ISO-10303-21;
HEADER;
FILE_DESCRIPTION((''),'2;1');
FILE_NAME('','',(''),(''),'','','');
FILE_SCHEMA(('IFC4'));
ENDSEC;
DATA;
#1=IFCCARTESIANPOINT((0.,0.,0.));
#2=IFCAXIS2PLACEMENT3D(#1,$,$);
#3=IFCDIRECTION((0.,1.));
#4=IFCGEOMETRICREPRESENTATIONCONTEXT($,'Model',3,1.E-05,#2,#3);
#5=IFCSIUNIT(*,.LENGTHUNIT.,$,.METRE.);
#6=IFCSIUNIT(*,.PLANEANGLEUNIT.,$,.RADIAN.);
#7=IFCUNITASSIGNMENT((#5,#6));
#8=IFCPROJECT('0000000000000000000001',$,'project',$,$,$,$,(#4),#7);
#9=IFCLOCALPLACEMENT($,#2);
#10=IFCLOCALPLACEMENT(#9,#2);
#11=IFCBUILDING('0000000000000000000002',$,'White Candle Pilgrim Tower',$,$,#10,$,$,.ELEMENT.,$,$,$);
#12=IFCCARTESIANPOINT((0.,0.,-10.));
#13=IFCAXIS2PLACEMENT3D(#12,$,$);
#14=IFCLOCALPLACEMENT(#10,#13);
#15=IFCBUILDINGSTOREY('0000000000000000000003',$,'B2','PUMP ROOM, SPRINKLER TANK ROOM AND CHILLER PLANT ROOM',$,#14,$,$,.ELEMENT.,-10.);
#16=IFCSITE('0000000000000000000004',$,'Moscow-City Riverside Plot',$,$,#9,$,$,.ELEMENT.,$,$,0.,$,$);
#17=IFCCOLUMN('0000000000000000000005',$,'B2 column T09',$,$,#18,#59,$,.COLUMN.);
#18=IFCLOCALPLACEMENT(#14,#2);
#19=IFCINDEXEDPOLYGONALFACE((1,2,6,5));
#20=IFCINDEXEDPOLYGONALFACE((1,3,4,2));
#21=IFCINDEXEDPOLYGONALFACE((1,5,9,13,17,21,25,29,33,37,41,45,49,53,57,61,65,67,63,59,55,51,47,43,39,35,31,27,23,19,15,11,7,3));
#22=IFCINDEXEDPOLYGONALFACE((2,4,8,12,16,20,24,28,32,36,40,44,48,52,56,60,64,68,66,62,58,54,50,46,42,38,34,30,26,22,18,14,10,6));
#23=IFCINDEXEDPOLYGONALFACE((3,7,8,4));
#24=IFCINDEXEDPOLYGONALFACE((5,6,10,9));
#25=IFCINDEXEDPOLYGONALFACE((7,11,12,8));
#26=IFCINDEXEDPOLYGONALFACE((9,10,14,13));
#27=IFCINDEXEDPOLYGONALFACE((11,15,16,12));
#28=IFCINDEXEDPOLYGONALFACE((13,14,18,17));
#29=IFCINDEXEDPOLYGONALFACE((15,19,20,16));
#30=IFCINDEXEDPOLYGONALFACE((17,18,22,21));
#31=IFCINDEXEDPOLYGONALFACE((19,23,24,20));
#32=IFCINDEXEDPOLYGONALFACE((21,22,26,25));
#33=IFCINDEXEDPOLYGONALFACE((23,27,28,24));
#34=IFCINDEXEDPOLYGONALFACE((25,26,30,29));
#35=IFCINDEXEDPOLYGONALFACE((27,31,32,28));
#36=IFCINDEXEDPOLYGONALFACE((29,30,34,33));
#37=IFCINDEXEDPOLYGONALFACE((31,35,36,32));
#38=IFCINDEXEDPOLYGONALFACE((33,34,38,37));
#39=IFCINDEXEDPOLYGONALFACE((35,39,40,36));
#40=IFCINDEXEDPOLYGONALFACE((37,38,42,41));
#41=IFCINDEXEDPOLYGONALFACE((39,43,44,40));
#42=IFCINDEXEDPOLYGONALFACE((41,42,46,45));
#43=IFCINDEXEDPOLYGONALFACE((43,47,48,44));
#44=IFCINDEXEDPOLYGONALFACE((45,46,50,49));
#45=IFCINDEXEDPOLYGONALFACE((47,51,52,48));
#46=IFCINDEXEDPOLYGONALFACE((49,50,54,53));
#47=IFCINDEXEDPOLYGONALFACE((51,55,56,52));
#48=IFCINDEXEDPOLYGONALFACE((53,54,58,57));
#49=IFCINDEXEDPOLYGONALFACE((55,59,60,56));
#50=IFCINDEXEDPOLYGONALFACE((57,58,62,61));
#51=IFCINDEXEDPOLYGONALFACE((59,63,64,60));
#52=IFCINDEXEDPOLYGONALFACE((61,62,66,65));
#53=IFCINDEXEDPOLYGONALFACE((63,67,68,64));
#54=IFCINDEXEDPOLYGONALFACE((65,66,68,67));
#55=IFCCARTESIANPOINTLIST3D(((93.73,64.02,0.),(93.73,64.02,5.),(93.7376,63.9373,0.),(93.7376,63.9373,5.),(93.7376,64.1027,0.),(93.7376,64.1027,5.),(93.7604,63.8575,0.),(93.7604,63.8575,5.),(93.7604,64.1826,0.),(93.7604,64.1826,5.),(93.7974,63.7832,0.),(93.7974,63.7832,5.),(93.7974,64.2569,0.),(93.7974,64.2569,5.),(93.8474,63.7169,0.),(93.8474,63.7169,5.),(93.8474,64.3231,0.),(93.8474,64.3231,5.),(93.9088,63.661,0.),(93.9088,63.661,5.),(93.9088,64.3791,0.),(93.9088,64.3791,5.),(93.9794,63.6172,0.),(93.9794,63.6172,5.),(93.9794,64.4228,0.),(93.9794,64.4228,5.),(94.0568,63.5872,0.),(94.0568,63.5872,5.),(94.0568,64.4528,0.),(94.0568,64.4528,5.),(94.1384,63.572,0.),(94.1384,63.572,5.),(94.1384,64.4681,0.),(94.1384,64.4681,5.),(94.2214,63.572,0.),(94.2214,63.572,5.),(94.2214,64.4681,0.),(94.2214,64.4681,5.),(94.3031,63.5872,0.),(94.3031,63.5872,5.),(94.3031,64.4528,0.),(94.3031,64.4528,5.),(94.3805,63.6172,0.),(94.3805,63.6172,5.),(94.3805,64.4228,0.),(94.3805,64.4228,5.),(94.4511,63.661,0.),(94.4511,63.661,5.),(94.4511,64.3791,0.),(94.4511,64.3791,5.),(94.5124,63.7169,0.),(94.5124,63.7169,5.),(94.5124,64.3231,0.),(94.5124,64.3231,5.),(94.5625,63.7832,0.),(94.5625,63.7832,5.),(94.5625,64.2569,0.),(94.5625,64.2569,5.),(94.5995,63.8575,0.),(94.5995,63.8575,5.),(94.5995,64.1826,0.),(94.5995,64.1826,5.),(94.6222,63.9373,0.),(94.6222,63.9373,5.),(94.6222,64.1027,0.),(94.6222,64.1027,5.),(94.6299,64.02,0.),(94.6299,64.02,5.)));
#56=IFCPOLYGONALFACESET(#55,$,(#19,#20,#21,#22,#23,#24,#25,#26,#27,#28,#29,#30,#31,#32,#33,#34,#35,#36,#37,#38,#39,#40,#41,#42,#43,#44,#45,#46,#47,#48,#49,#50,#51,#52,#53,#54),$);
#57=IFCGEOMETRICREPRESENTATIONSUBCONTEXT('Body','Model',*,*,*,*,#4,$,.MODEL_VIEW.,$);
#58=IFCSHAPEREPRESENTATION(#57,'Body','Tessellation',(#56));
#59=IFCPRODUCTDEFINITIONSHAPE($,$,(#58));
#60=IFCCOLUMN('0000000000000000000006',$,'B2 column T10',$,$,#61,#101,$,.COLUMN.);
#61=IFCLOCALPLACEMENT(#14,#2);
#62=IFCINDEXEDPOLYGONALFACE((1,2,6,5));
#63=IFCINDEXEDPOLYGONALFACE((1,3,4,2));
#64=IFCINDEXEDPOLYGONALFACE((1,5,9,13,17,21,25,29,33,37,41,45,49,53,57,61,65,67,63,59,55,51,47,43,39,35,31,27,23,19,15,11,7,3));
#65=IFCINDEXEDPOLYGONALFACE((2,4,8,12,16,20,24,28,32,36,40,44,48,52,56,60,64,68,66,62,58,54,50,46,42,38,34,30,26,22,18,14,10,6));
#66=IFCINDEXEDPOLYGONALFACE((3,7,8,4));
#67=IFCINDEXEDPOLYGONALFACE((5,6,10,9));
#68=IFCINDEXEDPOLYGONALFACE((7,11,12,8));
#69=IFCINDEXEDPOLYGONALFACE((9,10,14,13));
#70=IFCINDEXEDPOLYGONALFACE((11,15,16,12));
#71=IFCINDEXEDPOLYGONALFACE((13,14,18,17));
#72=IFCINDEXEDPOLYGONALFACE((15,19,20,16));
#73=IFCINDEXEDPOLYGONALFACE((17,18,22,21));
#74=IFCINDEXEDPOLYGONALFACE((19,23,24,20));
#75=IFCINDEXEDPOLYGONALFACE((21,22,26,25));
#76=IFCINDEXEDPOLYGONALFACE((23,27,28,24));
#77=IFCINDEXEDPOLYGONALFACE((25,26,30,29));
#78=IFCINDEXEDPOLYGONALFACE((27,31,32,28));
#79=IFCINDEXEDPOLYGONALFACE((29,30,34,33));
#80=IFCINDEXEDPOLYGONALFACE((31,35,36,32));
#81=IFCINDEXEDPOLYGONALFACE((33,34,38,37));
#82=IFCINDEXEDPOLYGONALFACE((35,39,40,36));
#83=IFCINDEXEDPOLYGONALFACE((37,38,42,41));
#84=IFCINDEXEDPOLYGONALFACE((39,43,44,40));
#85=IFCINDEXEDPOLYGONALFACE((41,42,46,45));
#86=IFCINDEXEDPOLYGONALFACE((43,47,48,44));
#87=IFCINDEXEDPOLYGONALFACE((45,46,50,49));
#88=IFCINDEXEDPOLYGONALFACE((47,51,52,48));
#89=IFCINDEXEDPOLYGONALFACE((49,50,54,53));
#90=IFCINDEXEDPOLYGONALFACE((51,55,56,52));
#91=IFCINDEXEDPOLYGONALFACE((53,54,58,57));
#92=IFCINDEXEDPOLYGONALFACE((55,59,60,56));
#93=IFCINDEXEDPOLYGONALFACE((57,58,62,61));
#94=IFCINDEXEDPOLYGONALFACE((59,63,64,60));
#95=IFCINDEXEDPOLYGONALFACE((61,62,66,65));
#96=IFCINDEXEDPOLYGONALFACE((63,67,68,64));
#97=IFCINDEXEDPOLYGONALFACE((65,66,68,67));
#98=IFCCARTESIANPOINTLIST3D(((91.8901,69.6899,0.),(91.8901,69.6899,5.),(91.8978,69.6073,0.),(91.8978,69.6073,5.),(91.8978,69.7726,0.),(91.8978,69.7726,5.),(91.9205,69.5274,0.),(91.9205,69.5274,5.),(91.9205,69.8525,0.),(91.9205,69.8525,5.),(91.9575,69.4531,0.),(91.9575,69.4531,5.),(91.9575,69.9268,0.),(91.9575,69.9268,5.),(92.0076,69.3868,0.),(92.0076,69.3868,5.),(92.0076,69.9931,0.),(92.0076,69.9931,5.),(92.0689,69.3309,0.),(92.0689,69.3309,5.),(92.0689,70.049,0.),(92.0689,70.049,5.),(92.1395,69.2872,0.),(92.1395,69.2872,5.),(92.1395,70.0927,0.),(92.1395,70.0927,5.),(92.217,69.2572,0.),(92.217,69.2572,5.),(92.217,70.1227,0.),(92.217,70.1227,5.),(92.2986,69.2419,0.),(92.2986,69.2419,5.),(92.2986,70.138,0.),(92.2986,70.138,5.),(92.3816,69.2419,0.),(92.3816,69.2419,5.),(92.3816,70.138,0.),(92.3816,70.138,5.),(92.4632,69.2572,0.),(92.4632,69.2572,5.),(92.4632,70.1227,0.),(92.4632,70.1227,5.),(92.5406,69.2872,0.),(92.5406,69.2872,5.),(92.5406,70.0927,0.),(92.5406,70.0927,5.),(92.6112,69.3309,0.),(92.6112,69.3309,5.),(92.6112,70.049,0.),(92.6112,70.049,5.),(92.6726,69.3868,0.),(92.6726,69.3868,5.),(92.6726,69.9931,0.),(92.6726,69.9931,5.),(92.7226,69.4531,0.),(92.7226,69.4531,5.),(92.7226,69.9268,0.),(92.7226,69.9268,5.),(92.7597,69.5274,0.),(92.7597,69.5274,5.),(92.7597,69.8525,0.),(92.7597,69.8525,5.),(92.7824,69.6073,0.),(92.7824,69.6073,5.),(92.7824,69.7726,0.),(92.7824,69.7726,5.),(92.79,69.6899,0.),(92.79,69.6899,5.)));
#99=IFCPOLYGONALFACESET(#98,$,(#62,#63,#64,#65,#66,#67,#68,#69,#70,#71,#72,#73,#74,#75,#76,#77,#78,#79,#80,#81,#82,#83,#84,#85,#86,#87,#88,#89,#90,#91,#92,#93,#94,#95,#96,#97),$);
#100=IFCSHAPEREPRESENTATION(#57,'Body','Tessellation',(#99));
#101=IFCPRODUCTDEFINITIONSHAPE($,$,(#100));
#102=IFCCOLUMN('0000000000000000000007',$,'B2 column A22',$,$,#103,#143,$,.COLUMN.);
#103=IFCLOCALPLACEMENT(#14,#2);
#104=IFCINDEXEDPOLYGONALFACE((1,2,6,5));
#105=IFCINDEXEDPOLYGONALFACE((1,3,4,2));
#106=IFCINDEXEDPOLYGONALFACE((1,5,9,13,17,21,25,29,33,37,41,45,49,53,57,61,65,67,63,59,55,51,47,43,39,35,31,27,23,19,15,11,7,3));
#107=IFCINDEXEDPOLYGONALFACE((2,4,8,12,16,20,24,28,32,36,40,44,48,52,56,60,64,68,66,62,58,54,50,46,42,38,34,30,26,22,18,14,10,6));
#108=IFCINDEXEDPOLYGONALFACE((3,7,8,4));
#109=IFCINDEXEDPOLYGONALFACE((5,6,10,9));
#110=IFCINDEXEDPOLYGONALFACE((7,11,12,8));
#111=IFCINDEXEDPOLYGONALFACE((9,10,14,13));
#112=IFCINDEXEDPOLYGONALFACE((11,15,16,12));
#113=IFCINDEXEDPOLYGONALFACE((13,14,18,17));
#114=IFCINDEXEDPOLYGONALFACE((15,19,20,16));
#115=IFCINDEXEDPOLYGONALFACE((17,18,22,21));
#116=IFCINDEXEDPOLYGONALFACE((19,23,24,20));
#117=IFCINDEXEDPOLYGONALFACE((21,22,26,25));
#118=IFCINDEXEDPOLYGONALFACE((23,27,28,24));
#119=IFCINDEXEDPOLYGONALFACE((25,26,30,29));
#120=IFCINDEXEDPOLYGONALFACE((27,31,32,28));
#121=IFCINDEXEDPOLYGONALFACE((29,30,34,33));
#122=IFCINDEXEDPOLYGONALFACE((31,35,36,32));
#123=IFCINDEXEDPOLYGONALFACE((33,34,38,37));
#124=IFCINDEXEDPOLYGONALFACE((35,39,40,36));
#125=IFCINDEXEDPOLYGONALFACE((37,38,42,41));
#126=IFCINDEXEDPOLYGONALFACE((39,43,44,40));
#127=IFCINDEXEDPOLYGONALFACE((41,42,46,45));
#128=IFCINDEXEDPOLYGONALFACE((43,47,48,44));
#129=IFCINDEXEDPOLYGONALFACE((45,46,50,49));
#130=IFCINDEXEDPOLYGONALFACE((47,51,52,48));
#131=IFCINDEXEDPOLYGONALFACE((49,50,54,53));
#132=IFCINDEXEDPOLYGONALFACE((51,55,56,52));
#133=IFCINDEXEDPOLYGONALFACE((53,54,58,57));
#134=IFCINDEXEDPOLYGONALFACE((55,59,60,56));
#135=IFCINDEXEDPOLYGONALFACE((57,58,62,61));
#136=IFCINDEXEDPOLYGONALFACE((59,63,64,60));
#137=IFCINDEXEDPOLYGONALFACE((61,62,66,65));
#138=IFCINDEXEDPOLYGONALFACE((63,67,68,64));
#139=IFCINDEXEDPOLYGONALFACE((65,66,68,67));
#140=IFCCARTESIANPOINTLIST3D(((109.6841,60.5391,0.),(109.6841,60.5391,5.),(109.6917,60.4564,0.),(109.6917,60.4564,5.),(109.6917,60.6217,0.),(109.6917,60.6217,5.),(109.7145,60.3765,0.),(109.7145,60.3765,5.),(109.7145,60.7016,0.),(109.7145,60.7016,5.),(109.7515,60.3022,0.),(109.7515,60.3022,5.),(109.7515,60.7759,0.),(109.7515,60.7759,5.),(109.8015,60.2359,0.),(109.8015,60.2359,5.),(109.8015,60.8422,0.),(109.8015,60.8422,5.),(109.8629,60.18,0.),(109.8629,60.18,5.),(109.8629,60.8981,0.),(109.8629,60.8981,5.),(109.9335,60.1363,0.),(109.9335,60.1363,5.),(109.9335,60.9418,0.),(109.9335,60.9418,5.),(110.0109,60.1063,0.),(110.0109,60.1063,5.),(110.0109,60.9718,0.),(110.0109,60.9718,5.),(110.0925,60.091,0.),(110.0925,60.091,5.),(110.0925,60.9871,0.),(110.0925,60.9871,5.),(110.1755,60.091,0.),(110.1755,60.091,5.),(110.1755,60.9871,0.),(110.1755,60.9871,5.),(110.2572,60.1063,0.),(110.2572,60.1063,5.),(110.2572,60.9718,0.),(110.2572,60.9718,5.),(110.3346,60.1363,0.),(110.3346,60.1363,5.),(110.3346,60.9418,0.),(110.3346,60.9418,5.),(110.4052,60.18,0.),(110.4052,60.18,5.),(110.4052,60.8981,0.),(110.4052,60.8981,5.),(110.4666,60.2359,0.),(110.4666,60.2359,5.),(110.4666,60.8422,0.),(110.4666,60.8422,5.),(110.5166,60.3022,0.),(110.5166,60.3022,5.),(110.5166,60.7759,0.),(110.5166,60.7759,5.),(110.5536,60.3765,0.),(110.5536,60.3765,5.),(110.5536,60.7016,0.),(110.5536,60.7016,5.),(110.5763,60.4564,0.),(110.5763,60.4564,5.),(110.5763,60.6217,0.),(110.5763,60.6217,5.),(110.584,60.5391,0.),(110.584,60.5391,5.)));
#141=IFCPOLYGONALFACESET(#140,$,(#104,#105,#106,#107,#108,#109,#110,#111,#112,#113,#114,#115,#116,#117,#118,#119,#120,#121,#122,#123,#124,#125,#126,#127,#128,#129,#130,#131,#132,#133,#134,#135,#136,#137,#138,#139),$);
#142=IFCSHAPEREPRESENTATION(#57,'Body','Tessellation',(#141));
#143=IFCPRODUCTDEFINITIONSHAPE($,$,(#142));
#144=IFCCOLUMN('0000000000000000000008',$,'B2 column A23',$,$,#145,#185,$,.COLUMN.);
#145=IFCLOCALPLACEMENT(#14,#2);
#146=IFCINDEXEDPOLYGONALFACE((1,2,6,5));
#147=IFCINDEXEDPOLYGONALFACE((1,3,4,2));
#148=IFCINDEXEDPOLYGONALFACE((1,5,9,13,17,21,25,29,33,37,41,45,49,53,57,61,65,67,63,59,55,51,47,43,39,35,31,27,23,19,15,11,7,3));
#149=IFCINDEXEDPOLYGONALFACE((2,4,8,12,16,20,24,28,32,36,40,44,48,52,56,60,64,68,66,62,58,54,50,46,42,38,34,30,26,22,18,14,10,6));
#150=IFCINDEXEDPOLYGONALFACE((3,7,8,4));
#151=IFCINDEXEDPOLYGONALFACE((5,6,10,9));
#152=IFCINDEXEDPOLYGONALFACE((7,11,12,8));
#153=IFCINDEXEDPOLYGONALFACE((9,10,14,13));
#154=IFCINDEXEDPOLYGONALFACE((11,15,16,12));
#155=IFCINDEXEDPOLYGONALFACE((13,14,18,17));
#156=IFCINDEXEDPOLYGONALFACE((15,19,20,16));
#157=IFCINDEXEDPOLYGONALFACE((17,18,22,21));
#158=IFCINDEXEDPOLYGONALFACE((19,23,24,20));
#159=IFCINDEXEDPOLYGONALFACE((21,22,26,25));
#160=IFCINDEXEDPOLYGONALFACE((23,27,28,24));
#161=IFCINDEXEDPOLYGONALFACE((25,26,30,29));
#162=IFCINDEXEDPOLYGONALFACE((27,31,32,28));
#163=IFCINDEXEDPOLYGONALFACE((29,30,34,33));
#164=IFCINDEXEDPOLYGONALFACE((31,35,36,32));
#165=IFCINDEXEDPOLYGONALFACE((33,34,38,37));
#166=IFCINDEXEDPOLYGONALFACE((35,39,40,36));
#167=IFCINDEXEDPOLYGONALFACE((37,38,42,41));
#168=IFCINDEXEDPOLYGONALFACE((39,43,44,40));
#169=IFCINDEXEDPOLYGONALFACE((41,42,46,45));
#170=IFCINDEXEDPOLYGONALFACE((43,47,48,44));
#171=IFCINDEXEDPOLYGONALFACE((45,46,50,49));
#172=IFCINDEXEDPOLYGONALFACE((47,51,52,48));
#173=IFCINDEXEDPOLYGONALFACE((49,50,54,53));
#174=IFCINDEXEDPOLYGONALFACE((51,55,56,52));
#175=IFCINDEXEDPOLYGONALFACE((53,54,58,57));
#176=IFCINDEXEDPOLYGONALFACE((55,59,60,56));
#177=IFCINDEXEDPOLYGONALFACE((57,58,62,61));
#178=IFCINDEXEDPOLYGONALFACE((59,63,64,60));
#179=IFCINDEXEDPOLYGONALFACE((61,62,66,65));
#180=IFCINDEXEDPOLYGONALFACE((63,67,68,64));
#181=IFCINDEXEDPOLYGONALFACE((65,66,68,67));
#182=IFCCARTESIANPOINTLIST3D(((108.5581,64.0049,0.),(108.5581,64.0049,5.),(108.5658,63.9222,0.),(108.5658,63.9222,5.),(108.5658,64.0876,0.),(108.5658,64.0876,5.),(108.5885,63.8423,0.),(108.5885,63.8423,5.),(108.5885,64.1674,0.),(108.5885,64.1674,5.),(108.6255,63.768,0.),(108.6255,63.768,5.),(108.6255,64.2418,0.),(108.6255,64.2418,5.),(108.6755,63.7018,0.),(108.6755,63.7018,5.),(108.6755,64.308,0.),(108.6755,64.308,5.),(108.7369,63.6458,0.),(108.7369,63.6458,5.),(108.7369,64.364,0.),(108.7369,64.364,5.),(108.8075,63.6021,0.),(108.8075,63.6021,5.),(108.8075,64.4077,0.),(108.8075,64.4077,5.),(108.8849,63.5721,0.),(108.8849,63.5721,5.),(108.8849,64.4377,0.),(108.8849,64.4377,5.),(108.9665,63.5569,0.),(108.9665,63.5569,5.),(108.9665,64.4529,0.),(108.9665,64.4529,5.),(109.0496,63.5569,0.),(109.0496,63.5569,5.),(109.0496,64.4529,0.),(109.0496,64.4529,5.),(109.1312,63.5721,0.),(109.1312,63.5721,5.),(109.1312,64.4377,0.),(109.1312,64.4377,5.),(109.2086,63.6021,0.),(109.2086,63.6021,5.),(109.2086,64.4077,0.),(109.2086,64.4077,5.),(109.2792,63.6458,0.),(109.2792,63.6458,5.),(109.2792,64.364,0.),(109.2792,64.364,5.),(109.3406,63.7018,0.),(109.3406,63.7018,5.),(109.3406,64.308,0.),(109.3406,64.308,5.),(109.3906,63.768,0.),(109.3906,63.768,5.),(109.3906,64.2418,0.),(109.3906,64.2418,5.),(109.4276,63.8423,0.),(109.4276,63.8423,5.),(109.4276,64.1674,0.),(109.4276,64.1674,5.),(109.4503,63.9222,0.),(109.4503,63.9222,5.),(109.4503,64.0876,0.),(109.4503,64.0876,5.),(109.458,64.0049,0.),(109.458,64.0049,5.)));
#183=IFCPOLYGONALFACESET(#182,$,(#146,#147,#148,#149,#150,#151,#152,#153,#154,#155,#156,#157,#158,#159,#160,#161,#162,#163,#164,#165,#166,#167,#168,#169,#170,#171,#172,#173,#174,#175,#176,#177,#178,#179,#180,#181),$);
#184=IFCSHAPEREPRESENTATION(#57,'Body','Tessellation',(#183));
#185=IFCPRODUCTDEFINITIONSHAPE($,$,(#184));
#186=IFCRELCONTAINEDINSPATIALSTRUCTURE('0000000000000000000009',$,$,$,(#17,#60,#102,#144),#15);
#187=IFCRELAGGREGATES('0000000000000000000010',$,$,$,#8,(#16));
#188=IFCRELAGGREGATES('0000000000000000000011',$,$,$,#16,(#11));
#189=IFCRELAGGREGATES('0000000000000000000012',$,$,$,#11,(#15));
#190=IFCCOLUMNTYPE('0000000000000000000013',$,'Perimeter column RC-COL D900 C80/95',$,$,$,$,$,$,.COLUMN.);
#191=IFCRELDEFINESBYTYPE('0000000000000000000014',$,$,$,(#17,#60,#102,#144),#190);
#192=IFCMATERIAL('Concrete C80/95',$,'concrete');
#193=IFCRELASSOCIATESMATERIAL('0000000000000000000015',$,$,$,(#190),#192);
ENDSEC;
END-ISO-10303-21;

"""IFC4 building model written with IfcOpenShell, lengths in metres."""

from ifc_helpers import new_model, si_unit, direction, frame, origin, origin_2d, place, context, subcontext, project, spatial, circle, extrude, material, material_profile, profile_set, type_object, element, save


model = new_model("IFC4")

# Units and contexts
model_context = context("Model", 3, precision=1e-05, world=origin(), true_north=direction((0.0, 1.0)))
body_context = subcontext(model_context, "Body", "Model", "MODEL_VIEW")
ifc_project = project(units=[si_unit("LENGTHUNIT", "METRE"), si_unit("PLANEANGLEUNIT", "RADIAN")], contexts=[model_context])

# Site, building, storey
site_placement = place(None, origin())
site = spatial("IfcSite", under=ifc_project, at=site_placement, Name="Moscow-City Riverside Plot", CompositionType="ELEMENT", RefElevation=0.0)
building_placement = place(site_placement, origin())
building = spatial("IfcBuilding", under=site, at=building_placement, Name="White Candle Pilgrim Tower", CompositionType="ELEMENT")
storey_placement = place(building_placement, frame((0.0, 0.0, -10.0)))
storey = spatial("IfcBuildingStorey", under=building, at=storey_placement, Name="B2", Description="PUMP ROOM, SPRINKLER TANK ROOM AND CHILLER PLANT ROOM", CompositionType="ELEMENT", Elevation=-10.0)

# Columns
ifc_material_1 = material(Name="Concrete C80/95", Category="concrete")
ifc_material_profile_1 = material_profile(ifc_material_1, circle(Radius=0.45, at=origin_2d()), Name="RC-COL D900")
ifc_profile_set_1 = profile_set([ifc_material_profile_1], Name="Concrete C80/95")
column_type_1 = type_object("IfcColumnType", Name="Perimeter column RC-COL D900 C80/95", PredefinedType="COLUMN", material=ifc_profile_set_1)
for number, where, z_axis, x_axis, name in (
    (1, (94.1799, 64.02, 0.0), (0.0, 0.0, 1.0), (1.0, 0.0, 0.0), "B2 column T09"),
    (2, (92.3401, 69.6899, 0.0), (0.0, 0.0, 1.0), (1.0, 0.0, 0.0), "B2 column T10"),
    (3, (110.134, 60.5391, 0.0), (0.0, 0.0, 1.0), (1.0, 0.0, 0.0), "B2 column A22"),
    (4, (109.0081, 64.0049, 0.0), (0.0, 0.0, 1.0), (1.0, 0.0, 0.0), "B2 column A23"),
):
    element("IfcColumn", number, at=place(storey_placement, frame(where, z_axis=z_axis, x_axis=x_axis)), inside=storey, type_object=column_type_1, Name=name, PredefinedType="COLUMN", context=body_context, shape_type="SweptSolid", body=[
        extrude(circle(Radius=0.45, at=origin_2d()), origin(), (0.0, 0.0, 1.0), 5.0),
    ])

save(model, "model.ifc")
